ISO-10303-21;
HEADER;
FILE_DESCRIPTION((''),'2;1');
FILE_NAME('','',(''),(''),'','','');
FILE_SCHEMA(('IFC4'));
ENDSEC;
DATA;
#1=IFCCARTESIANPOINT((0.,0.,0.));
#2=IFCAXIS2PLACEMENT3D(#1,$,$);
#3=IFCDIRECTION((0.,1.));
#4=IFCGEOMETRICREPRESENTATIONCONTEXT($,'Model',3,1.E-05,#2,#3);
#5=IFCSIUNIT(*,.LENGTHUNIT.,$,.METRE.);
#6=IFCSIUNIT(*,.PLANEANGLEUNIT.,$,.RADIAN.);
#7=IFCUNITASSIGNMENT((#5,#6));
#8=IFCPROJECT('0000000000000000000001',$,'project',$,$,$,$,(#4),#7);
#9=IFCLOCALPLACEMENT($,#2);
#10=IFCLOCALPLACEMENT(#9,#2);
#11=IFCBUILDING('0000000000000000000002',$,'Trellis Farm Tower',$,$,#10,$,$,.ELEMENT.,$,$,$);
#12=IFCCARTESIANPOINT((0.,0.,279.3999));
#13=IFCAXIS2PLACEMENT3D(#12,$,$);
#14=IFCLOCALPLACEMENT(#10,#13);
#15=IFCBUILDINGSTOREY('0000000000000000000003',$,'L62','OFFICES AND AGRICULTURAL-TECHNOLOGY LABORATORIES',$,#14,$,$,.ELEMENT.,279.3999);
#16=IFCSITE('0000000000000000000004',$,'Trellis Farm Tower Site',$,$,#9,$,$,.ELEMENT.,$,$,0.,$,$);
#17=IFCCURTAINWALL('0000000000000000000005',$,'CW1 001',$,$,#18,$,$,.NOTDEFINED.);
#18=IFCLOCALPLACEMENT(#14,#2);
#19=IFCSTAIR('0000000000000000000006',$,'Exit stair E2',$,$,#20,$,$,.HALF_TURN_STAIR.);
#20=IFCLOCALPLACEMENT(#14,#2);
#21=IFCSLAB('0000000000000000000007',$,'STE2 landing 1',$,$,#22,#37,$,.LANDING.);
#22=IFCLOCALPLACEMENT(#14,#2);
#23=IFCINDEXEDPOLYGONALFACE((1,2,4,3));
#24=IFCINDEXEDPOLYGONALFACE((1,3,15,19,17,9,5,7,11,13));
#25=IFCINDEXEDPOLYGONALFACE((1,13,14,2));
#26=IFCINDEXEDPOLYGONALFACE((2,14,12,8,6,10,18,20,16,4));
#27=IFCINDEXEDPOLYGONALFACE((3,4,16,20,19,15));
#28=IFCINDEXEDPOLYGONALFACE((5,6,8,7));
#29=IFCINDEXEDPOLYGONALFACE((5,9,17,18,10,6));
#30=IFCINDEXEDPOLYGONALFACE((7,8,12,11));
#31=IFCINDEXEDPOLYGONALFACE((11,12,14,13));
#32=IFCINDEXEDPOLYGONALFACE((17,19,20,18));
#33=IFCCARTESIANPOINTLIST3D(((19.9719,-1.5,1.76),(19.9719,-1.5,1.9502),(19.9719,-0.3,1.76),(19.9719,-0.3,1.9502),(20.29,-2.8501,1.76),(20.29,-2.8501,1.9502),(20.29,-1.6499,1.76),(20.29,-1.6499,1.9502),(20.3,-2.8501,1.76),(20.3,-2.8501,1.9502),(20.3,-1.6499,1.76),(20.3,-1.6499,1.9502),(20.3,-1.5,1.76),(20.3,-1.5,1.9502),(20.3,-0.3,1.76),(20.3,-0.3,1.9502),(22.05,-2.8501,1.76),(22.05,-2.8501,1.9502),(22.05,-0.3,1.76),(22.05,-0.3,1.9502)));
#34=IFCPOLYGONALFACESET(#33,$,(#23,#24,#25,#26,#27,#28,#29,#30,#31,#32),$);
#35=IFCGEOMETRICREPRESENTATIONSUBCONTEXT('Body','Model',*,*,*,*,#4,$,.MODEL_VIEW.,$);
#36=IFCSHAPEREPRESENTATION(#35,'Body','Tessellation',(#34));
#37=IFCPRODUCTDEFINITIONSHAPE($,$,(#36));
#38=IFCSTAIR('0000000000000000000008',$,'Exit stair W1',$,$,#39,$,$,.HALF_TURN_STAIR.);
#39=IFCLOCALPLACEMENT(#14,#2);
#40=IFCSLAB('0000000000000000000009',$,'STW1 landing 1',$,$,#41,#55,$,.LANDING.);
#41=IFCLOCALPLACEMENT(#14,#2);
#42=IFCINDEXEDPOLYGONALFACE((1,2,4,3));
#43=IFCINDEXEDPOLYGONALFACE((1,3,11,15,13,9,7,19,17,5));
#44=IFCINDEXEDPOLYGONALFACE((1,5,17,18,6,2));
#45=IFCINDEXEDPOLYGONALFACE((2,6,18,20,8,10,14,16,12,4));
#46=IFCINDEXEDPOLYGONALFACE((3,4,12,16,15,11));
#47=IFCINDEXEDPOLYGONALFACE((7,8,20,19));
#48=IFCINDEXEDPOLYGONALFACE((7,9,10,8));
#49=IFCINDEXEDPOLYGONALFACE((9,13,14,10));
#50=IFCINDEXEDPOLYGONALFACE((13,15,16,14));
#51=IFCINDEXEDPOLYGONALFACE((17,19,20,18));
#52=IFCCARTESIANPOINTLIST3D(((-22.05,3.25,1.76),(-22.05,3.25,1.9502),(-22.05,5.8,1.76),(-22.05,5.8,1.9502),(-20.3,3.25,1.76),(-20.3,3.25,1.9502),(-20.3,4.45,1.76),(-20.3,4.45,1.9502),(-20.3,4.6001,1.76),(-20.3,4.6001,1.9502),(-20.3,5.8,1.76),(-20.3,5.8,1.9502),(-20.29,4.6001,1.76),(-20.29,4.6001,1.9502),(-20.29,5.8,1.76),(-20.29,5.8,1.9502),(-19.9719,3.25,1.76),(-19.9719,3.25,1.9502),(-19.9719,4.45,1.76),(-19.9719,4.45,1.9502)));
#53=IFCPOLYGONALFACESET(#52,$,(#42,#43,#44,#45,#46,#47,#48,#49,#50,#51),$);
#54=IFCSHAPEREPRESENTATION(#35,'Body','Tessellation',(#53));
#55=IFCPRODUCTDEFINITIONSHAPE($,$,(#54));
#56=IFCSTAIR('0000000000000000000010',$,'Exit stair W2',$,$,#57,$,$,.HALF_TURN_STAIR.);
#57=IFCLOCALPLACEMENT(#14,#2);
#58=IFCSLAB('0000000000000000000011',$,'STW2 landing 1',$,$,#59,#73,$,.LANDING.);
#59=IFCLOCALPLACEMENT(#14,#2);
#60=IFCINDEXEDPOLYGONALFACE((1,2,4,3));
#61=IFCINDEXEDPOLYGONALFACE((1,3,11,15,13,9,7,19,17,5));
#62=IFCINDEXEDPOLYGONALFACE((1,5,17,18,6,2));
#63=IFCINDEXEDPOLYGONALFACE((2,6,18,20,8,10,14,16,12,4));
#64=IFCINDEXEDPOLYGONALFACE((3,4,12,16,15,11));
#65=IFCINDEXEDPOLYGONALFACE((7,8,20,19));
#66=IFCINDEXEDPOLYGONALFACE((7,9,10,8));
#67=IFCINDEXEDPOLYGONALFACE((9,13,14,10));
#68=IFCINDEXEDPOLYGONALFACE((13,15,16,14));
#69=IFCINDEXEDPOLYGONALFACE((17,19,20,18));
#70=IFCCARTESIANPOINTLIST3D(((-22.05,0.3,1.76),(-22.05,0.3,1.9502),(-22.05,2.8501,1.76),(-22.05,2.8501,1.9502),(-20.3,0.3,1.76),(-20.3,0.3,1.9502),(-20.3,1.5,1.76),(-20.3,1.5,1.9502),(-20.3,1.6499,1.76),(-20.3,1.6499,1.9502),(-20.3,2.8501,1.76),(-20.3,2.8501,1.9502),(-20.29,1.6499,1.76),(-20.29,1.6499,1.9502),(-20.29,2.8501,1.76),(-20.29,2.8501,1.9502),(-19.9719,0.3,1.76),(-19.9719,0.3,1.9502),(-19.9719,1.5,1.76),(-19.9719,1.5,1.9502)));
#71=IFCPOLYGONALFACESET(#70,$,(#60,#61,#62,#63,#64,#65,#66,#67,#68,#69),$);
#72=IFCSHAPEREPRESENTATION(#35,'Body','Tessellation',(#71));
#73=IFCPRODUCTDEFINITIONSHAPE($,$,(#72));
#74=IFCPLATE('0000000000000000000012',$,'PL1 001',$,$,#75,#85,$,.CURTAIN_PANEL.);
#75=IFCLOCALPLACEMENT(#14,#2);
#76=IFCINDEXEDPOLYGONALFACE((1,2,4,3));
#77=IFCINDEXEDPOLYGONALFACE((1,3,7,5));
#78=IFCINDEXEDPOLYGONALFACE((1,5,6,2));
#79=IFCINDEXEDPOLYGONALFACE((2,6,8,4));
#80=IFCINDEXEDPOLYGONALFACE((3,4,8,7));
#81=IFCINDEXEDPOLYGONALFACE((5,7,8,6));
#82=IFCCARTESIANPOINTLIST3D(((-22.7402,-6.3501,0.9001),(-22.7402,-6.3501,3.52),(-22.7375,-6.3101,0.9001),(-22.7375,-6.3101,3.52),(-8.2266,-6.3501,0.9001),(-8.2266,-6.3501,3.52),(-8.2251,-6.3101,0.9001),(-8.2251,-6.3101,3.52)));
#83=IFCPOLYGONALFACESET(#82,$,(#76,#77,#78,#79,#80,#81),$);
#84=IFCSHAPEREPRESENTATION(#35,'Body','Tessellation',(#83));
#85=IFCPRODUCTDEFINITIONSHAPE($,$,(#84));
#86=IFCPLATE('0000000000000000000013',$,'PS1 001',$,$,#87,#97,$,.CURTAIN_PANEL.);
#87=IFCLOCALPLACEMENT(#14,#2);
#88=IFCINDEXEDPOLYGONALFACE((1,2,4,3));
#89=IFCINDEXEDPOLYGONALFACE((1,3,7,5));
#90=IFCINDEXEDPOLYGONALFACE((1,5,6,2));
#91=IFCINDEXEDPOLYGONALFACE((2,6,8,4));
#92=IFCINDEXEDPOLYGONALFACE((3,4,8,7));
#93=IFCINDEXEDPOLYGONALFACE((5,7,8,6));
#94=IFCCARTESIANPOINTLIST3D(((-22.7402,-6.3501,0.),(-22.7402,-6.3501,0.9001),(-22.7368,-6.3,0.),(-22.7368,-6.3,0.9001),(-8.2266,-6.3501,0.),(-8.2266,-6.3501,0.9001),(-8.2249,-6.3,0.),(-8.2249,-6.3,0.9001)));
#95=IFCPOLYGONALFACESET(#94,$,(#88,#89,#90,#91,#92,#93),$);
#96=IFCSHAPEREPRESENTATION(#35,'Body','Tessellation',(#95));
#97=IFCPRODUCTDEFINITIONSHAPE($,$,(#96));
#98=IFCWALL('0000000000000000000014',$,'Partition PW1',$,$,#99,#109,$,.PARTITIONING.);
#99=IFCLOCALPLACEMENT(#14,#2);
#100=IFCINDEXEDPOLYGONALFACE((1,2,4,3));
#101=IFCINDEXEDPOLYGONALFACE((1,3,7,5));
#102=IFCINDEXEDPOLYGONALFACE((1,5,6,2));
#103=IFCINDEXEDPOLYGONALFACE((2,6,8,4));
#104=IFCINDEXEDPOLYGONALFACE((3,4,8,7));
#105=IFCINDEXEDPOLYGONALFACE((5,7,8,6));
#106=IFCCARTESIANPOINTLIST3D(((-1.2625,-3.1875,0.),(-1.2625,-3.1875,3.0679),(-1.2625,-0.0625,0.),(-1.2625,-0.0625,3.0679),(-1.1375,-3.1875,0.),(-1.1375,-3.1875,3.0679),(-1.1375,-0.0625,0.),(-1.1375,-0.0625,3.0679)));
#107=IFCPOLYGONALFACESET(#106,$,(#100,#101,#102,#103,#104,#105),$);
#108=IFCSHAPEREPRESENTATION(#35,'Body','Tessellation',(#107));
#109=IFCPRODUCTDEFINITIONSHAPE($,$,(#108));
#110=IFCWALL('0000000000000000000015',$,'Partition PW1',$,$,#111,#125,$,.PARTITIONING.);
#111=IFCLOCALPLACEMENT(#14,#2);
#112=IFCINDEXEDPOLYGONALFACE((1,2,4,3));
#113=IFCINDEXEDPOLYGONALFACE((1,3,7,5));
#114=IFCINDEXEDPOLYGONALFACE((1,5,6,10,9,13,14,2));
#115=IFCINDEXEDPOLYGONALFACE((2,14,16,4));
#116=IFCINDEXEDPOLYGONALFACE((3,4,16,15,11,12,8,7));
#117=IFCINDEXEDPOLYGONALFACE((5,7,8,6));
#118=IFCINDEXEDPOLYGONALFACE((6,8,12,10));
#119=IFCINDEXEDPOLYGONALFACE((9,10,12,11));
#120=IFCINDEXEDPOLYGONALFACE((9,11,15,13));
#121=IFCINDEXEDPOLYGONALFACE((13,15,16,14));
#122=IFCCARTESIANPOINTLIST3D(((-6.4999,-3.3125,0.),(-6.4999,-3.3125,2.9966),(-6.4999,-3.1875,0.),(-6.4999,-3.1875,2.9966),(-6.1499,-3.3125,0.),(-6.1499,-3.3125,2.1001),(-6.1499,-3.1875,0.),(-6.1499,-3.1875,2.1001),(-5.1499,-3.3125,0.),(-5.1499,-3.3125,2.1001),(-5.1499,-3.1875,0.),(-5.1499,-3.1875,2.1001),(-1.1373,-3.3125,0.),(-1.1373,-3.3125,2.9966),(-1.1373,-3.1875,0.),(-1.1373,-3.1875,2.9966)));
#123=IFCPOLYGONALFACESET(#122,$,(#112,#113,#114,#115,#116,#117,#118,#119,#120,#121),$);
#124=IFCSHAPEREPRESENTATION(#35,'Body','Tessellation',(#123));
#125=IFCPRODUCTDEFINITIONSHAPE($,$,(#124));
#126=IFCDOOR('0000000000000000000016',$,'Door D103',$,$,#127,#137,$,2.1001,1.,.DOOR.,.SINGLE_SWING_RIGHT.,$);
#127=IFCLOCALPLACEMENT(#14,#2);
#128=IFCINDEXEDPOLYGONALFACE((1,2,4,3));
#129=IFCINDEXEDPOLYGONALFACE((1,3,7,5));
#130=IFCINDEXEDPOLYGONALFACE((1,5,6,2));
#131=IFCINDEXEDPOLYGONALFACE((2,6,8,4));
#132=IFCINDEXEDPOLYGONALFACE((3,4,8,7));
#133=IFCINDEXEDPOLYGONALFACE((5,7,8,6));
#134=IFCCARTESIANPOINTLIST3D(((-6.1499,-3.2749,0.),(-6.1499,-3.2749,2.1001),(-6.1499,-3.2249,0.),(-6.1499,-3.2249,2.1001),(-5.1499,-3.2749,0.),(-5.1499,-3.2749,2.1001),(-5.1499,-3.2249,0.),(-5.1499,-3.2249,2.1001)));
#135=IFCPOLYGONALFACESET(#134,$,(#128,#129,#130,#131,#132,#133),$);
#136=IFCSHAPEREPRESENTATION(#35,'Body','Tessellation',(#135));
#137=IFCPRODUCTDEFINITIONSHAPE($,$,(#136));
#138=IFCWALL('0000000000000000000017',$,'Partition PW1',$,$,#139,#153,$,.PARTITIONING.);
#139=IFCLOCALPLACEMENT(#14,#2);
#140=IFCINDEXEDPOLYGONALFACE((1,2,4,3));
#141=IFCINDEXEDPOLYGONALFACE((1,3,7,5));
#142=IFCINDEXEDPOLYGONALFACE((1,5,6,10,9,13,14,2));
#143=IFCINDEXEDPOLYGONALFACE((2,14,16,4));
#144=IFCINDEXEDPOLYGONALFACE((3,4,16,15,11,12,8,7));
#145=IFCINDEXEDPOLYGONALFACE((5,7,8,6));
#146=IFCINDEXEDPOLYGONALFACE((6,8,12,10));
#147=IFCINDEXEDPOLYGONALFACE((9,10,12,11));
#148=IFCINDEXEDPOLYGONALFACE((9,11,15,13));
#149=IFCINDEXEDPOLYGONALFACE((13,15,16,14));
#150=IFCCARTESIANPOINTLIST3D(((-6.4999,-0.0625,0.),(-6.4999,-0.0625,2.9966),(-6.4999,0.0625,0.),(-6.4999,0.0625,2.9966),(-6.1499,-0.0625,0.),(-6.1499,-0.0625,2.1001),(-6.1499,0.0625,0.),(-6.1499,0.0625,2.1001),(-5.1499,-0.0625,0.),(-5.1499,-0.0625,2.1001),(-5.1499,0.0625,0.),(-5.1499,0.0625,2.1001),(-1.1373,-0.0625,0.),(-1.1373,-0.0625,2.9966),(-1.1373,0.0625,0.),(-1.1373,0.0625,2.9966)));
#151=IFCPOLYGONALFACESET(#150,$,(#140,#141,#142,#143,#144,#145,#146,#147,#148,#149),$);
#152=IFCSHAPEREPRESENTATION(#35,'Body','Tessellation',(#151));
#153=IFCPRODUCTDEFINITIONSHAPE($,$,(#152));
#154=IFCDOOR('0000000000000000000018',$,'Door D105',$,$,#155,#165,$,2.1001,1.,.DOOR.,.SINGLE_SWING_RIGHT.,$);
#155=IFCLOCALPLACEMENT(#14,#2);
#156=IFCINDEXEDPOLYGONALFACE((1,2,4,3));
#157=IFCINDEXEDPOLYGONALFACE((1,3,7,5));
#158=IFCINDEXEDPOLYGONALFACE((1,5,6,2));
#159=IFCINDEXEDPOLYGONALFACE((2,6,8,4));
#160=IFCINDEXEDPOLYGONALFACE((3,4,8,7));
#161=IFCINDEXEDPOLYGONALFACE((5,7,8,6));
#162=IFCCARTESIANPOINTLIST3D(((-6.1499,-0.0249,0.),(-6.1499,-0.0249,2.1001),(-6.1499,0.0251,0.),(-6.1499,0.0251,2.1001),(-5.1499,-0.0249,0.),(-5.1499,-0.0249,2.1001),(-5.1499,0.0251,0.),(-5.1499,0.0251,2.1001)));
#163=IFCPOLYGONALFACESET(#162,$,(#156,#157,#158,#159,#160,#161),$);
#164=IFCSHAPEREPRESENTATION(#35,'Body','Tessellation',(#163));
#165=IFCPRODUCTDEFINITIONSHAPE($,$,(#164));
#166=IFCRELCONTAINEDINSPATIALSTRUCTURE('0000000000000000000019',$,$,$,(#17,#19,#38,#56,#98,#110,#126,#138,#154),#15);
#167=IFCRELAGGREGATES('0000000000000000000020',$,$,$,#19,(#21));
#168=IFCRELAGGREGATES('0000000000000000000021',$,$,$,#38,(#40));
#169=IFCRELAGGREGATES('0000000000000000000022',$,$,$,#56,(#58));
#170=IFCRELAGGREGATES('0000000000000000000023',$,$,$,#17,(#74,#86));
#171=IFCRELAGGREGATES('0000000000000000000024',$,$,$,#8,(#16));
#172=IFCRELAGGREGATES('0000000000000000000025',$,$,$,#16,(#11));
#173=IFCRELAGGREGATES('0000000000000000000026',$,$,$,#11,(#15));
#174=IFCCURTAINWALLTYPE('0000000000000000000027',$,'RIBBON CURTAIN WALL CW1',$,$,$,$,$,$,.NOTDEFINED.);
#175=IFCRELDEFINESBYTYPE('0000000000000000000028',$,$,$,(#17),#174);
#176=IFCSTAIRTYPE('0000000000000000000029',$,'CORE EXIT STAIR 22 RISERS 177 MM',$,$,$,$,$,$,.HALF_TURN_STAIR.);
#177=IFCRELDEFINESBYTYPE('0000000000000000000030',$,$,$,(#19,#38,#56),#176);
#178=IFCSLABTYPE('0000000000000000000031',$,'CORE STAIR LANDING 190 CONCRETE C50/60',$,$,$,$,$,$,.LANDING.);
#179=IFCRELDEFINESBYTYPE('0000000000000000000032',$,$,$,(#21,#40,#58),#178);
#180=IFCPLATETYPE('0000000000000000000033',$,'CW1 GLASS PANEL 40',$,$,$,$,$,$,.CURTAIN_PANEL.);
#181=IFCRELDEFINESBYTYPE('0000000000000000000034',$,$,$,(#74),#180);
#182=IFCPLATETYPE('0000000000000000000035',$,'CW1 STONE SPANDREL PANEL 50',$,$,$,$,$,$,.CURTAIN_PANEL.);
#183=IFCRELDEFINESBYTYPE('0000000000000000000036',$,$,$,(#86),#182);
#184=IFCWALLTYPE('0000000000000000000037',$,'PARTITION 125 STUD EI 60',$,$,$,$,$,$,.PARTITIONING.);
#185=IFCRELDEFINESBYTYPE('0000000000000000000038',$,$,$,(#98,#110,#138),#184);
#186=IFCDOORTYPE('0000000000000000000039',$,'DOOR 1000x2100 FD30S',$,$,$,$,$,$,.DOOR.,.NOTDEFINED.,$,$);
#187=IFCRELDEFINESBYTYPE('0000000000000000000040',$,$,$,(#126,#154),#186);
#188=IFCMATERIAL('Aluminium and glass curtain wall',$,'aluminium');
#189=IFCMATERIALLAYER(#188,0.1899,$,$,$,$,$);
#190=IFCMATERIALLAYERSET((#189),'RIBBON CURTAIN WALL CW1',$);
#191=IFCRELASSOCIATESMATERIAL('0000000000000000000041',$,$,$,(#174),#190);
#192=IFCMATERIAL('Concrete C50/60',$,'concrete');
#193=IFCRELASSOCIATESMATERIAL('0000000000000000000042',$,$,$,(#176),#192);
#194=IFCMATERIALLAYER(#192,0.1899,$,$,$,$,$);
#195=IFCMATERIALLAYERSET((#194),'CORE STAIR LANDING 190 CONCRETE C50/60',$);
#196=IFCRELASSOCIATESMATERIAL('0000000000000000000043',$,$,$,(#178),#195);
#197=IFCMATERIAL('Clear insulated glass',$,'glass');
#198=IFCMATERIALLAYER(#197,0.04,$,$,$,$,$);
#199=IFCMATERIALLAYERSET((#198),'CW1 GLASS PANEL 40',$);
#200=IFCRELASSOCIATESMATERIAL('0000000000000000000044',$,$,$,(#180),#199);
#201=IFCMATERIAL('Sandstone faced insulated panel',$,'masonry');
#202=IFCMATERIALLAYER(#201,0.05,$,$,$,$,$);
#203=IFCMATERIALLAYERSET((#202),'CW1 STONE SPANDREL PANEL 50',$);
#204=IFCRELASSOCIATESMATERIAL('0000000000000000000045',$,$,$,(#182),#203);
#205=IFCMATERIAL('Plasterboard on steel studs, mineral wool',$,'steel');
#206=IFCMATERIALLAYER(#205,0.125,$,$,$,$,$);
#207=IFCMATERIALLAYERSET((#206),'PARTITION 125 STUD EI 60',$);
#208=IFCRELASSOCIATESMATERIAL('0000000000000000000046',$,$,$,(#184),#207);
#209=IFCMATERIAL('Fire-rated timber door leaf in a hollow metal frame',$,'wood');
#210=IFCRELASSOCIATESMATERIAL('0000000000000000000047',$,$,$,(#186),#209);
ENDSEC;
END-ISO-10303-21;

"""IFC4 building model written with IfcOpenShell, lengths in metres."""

from ifc_helpers import new_model, si_unit, direction, frame, frame_2d, origin, place, context, subcontext, project, spatial, polyline, rectangle, outline, extrude, source, transform, mapped, material, layer, layer_set, type_object, element, fill, aggregate, save


model = new_model("IFC4")

# Units and contexts
model_context = context("Model", 3, precision=1e-05, world=origin(), true_north=direction((0.0, 1.0)))
body_context = subcontext(model_context, "Body", "Model", "MODEL_VIEW")
ifc_project = project(units=[si_unit("LENGTHUNIT", "METRE"), si_unit("PLANEANGLEUNIT", "RADIAN")], contexts=[model_context])

# Site, building, storey
site_placement = place(None, origin())
site = spatial("IfcSite", under=ifc_project, at=site_placement, Name="Trellis Farm Tower Site", CompositionType="ELEMENT", RefElevation=0.0)
building_placement = place(site_placement, origin())
building = spatial("IfcBuilding", under=site, at=building_placement, Name="Trellis Farm Tower", CompositionType="ELEMENT")
storey_placement = place(building_placement, frame((0.0, 0.0, 279.3999)))
storey = spatial("IfcBuildingStorey", under=building, at=storey_placement, Name="L62", Description="OFFICES AND AGRICULTURAL-TECHNOLOGY LABORATORIES", CompositionType="ELEMENT", Elevation=279.3999)

# Curtain wall
ifc_material_1 = material(Name="Aluminium and glass curtain wall", Category="aluminium")
ifc_layer_1 = layer(ifc_material_1, 0.1899)
ifc_layer_set_1 = layer_set([ifc_layer_1], Name="RIBBON CURTAIN WALL CW1")
curtain_wall_type = type_object("IfcCurtainWallType", Name="RIBBON CURTAIN WALL CW1", PredefinedType="NOTDEFINED", material=ifc_layer_set_1)
placement_1 = place(storey_placement, origin())
curtain_wall = element("IfcCurtainWall", 1, at=placement_1, inside=storey, type_object=curtain_wall_type, Name="CW1 001", PredefinedType="NOTDEFINED")

# Stairs, slabs
ifc_material_2 = material(Name="Concrete C50/60", Category="concrete")
stair_type = type_object("IfcStairType", Name="CORE EXIT STAIR 22 RISERS 177 MM", PredefinedType="HALF_TURN_STAIR", material=ifc_material_2)
ifc_layer_2 = layer(ifc_material_2, 0.1899)
ifc_layer_set_2 = layer_set([ifc_layer_2], Name="CORE STAIR LANDING 190 CONCRETE C50/60")
slab_type_1 = type_object("IfcSlabType", Name="CORE STAIR LANDING 190 CONCRETE C50/60", PredefinedType="LANDING", material=ifc_layer_set_2)
placement_2 = place(storey_placement, frame((0.0, 0.0, 1.76)))
stair_1 = element("IfcStair", 2, at=placement_1, inside=storey, type_object=stair_type, Name="Exit stair E2", PredefinedType="HALF_TURN_STAIR")
shared_shape_1 = source(origin(), body_context, "Body", "SweptSolid", [
    extrude(outline(polyline([(20.29, -2.8501), (20.29, -1.6499), (20.3, -1.6499), (20.3, -1.5), (19.9719, -1.5), (19.9719, -0.3), (20.3, -0.3), (22.05, -0.3), (22.05, -2.8501), (20.3, -2.8501), (20.29, -2.8501)])), origin(), (0.0, 0.0, 1.0), 0.1902),
])
slab_1 = element("IfcSlab", 3, at=placement_2, type_object=slab_type_1, Name="STE2 landing 1", PredefinedType="LANDING", context=body_context, shape_type="MappedRepresentation", body=[
    mapped(shared_shape_1, transform((0.0, 0.0, 0.0))),
])
aggregate(stair_1, [slab_1])
stair_2 = element("IfcStair", 4, at=placement_1, inside=storey, type_object=stair_type, Name="Exit stair W1", PredefinedType="HALF_TURN_STAIR")
shared_shape_2 = source(origin(), body_context, "Body", "SweptSolid", [
    extrude(outline(polyline([(-19.9719, 4.45), (-19.9719, 3.25), (-20.3, 3.25), (-22.05, 3.25), (-22.05, 5.8), (-20.3, 5.8), (-20.29, 5.8), (-20.29, 4.6001), (-20.3, 4.6001), (-20.3, 4.45), (-19.9719, 4.45)])), origin(), (0.0, 0.0, 1.0), 0.1902),
])
slab_2 = element("IfcSlab", 5, at=placement_2, type_object=slab_type_1, Name="STW1 landing 1", PredefinedType="LANDING", context=body_context, shape_type="MappedRepresentation", body=[
    mapped(shared_shape_2, transform((0.0, 0.0, 0.0))),
])
aggregate(stair_2, [slab_2])
stair_3 = element("IfcStair", 6, at=placement_1, inside=storey, type_object=stair_type, Name="Exit stair W2", PredefinedType="HALF_TURN_STAIR")
shared_shape_3 = source(origin(), body_context, "Body", "SweptSolid", [
    extrude(outline(polyline([(-19.9719, 1.5), (-19.9719, 0.3), (-20.3, 0.3), (-22.05, 0.3), (-22.05, 2.8501), (-20.3, 2.8501), (-20.29, 2.8501), (-20.29, 1.6499), (-20.3, 1.6499), (-20.3, 1.5), (-19.9719, 1.5)])), origin(), (0.0, 0.0, 1.0), 0.1902),
])
slab_3 = element("IfcSlab", 7, at=placement_2, type_object=slab_type_1, Name="STW2 landing 1", PredefinedType="LANDING", context=body_context, shape_type="MappedRepresentation", body=[
    mapped(shared_shape_3, transform((0.0, 0.0, 0.0))),
])
aggregate(stair_3, [slab_3])

# Plates
ifc_material_3 = material(Name="Clear insulated glass", Category="glass")
ifc_layer_3 = layer(ifc_material_3, 0.04)
ifc_layer_set_3 = layer_set([ifc_layer_3], Name="CW1 GLASS PANEL 40")
plate_type_1 = type_object("IfcPlateType", Name="CW1 GLASS PANEL 40", PredefinedType="CURTAIN_PANEL", material=ifc_layer_set_3)
shared_shape_4 = source(origin(), body_context, "Body", "SweptSolid", [
    extrude(outline(polyline([(-22.7402, -6.3501), (-8.2266, -6.3501), (-8.2251, -6.3101), (-22.7375, -6.3101), (-22.7402, -6.3501)])), origin(), (0.0, 0.0, 1.0), 2.6199),
])
plate_1_placement = place(storey_placement, frame((0.0, 0.0, 0.9001)))
plate_1 = element("IfcPlate", 8, at=plate_1_placement, type_object=plate_type_1, Name="PL1 001", PredefinedType="CURTAIN_PANEL", context=body_context, shape_type="MappedRepresentation", body=[
    mapped(shared_shape_4, transform((0.0, 0.0, 0.0))),
])
ifc_material_4 = material(Name="Sandstone faced insulated panel", Category="masonry")
ifc_layer_4 = layer(ifc_material_4, 0.05)
ifc_layer_set_4 = layer_set([ifc_layer_4], Name="CW1 STONE SPANDREL PANEL 50")
plate_type_2 = type_object("IfcPlateType", Name="CW1 STONE SPANDREL PANEL 50", PredefinedType="CURTAIN_PANEL", material=ifc_layer_set_4)
shared_shape_5 = source(origin(), body_context, "Body", "SweptSolid", [
    extrude(outline(polyline([(-22.7402, -6.3501), (-8.2266, -6.3501), (-8.2249, -6.3), (-22.7368, -6.3), (-22.7402, -6.3501)])), origin(), (0.0, 0.0, 1.0), 0.9001),
])
plate_2 = element("IfcPlate", 9, at=placement_1, type_object=plate_type_2, Name="PS1 001", PredefinedType="CURTAIN_PANEL", context=body_context, shape_type="MappedRepresentation", body=[
    mapped(shared_shape_5, transform((0.0, 0.0, 0.0))),
])
aggregate(curtain_wall, [plate_1, plate_2])

# Wall
ifc_material_5 = material(Name="Plasterboard on steel studs, mineral wool", Category="steel")
ifc_layer_5 = layer(ifc_material_5, 0.125)
ifc_layer_set_5 = layer_set([ifc_layer_5], Name="PARTITION 125 STUD EI 60")
wall_type = type_object("IfcWallType", Name="PARTITION 125 STUD EI 60", PredefinedType="PARTITIONING", material=ifc_layer_set_5)
shared_shape_6 = source(origin(), body_context, "Body", "SweptSolid", [
    extrude(rectangle(XDim=3.125, YDim=0.125, at=frame_2d((1.5625, 0.0))), origin(), (0.0, 0.0, 1.0), 3.0679),
])
wall_1_placement = place(storey_placement, frame((-1.2, -0.0625, 0.0), z_axis=(0.0, 0.0, 1.0), x_axis=(0.0, -1.0, 0.0)))
element("IfcWall", 10, at=wall_1_placement, inside=storey, type_object=wall_type, Name="Partition PW1", PredefinedType="PARTITIONING", context=body_context, shape_type="MappedRepresentation", body=[
    mapped(shared_shape_6, transform((0.0, 0.0, 0.0))),
])

# Walls, openings, doors
shared_shape_7 = source(origin(), body_context, "Body", "SweptSolid", [
    extrude(rectangle(XDim=5.3625, YDim=0.125, at=frame_2d((2.6812, 0.0))), origin(), (0.0, 0.0, 1.0), 2.9966),
])
wall_2_placement = place(storey_placement, frame((-1.1375, -3.25, 0.0), z_axis=(0.0, 0.0, 1.0), x_axis=(-1.0, 0.0, 0.0)))
wall_2 = element("IfcWall", 11, at=wall_2_placement, inside=storey, type_object=wall_type, Name="Partition PW1", PredefinedType="PARTITIONING", context=body_context, shape_type="MappedRepresentation", body=[
    mapped(shared_shape_7, transform((0.0, 0.0, 0.0))),
])
shared_shape_8 = source(origin(), body_context, "Body", "SweptSolid", [
    extrude(rectangle(XDim=1.0, YDim=2.1001, at=frame_2d((0.5, 1.05))), frame((0.0, 0.0725, 0.0), z_axis=(0.0, -1.0, 0.0), x_axis=(1.0, 0.0, 0.0)), (0.0, 0.0, 1.0), 0.145),
])
opening_1_placement = place(wall_2_placement, frame((4.0125, 0.0, 0.0)))
opening_1 = element("IfcOpeningElement", 12, at=opening_1_placement, cuts=wall_2, PredefinedType="OPENING", context=body_context, shape_type="MappedRepresentation", body=[
    mapped(shared_shape_8, transform((0.0, 0.0, 0.0))),
])
ifc_material_6 = material(Name="Fire-rated timber door leaf in a hollow metal frame", Category="wood")
door_type = type_object("IfcDoorType", Name="DOOR 1000x2100 FD30S", OperationType="NOTDEFINED", PredefinedType="DOOR", material=ifc_material_6)
shared_shape_9 = source(origin(), body_context, "Body", "SweptSolid", [
    extrude(rectangle(XDim=1.0, YDim=2.1001, at=frame_2d((0.5, 1.05))), frame((0.0, 0.0249, 0.0), z_axis=(0.0, -1.0, 0.0), x_axis=(1.0, 0.0, 0.0)), (0.0, 0.0, 1.0), 0.05),
])
door_1_placement = place(opening_1_placement, origin())
door_1 = element("IfcDoor", 13, at=door_1_placement, inside=storey, type_object=door_type, Name="Door D103", OperationType="SINGLE_SWING_RIGHT", OverallHeight=2.1001, OverallWidth=1.0, PredefinedType="DOOR", context=body_context, shape_type="MappedRepresentation", body=[
    mapped(shared_shape_9, transform((0.0, 0.0, 0.0))),
])
fill(opening_1, door_1)
wall_3_placement = place(storey_placement, frame((-1.1375, 0.0, 0.0), z_axis=(0.0, 0.0, 1.0), x_axis=(-1.0, 0.0, 0.0)))
wall_3 = element("IfcWall", 14, at=wall_3_placement, inside=storey, type_object=wall_type, Name="Partition PW1", PredefinedType="PARTITIONING", context=body_context, shape_type="MappedRepresentation", body=[
    mapped(shared_shape_7, transform((0.0, 0.0, 0.0))),
])
opening_2_placement = place(wall_3_placement, frame((4.0125, 0.0, 0.0)))
opening_2 = element("IfcOpeningElement", 15, at=opening_2_placement, cuts=wall_3, PredefinedType="OPENING", context=body_context, shape_type="MappedRepresentation", body=[
    mapped(shared_shape_8, transform((0.0, 0.0, 0.0))),
])
door_2_placement = place(opening_2_placement, origin())
door_2 = element("IfcDoor", 16, at=door_2_placement, inside=storey, type_object=door_type, Name="Door D105", OperationType="SINGLE_SWING_RIGHT", OverallHeight=2.1001, OverallWidth=1.0, PredefinedType="DOOR", context=body_context, shape_type="MappedRepresentation", body=[
    mapped(shared_shape_9, transform((0.0, 0.0, 0.0))),
])
fill(opening_2, door_2)

save(model, "model.ifc")
